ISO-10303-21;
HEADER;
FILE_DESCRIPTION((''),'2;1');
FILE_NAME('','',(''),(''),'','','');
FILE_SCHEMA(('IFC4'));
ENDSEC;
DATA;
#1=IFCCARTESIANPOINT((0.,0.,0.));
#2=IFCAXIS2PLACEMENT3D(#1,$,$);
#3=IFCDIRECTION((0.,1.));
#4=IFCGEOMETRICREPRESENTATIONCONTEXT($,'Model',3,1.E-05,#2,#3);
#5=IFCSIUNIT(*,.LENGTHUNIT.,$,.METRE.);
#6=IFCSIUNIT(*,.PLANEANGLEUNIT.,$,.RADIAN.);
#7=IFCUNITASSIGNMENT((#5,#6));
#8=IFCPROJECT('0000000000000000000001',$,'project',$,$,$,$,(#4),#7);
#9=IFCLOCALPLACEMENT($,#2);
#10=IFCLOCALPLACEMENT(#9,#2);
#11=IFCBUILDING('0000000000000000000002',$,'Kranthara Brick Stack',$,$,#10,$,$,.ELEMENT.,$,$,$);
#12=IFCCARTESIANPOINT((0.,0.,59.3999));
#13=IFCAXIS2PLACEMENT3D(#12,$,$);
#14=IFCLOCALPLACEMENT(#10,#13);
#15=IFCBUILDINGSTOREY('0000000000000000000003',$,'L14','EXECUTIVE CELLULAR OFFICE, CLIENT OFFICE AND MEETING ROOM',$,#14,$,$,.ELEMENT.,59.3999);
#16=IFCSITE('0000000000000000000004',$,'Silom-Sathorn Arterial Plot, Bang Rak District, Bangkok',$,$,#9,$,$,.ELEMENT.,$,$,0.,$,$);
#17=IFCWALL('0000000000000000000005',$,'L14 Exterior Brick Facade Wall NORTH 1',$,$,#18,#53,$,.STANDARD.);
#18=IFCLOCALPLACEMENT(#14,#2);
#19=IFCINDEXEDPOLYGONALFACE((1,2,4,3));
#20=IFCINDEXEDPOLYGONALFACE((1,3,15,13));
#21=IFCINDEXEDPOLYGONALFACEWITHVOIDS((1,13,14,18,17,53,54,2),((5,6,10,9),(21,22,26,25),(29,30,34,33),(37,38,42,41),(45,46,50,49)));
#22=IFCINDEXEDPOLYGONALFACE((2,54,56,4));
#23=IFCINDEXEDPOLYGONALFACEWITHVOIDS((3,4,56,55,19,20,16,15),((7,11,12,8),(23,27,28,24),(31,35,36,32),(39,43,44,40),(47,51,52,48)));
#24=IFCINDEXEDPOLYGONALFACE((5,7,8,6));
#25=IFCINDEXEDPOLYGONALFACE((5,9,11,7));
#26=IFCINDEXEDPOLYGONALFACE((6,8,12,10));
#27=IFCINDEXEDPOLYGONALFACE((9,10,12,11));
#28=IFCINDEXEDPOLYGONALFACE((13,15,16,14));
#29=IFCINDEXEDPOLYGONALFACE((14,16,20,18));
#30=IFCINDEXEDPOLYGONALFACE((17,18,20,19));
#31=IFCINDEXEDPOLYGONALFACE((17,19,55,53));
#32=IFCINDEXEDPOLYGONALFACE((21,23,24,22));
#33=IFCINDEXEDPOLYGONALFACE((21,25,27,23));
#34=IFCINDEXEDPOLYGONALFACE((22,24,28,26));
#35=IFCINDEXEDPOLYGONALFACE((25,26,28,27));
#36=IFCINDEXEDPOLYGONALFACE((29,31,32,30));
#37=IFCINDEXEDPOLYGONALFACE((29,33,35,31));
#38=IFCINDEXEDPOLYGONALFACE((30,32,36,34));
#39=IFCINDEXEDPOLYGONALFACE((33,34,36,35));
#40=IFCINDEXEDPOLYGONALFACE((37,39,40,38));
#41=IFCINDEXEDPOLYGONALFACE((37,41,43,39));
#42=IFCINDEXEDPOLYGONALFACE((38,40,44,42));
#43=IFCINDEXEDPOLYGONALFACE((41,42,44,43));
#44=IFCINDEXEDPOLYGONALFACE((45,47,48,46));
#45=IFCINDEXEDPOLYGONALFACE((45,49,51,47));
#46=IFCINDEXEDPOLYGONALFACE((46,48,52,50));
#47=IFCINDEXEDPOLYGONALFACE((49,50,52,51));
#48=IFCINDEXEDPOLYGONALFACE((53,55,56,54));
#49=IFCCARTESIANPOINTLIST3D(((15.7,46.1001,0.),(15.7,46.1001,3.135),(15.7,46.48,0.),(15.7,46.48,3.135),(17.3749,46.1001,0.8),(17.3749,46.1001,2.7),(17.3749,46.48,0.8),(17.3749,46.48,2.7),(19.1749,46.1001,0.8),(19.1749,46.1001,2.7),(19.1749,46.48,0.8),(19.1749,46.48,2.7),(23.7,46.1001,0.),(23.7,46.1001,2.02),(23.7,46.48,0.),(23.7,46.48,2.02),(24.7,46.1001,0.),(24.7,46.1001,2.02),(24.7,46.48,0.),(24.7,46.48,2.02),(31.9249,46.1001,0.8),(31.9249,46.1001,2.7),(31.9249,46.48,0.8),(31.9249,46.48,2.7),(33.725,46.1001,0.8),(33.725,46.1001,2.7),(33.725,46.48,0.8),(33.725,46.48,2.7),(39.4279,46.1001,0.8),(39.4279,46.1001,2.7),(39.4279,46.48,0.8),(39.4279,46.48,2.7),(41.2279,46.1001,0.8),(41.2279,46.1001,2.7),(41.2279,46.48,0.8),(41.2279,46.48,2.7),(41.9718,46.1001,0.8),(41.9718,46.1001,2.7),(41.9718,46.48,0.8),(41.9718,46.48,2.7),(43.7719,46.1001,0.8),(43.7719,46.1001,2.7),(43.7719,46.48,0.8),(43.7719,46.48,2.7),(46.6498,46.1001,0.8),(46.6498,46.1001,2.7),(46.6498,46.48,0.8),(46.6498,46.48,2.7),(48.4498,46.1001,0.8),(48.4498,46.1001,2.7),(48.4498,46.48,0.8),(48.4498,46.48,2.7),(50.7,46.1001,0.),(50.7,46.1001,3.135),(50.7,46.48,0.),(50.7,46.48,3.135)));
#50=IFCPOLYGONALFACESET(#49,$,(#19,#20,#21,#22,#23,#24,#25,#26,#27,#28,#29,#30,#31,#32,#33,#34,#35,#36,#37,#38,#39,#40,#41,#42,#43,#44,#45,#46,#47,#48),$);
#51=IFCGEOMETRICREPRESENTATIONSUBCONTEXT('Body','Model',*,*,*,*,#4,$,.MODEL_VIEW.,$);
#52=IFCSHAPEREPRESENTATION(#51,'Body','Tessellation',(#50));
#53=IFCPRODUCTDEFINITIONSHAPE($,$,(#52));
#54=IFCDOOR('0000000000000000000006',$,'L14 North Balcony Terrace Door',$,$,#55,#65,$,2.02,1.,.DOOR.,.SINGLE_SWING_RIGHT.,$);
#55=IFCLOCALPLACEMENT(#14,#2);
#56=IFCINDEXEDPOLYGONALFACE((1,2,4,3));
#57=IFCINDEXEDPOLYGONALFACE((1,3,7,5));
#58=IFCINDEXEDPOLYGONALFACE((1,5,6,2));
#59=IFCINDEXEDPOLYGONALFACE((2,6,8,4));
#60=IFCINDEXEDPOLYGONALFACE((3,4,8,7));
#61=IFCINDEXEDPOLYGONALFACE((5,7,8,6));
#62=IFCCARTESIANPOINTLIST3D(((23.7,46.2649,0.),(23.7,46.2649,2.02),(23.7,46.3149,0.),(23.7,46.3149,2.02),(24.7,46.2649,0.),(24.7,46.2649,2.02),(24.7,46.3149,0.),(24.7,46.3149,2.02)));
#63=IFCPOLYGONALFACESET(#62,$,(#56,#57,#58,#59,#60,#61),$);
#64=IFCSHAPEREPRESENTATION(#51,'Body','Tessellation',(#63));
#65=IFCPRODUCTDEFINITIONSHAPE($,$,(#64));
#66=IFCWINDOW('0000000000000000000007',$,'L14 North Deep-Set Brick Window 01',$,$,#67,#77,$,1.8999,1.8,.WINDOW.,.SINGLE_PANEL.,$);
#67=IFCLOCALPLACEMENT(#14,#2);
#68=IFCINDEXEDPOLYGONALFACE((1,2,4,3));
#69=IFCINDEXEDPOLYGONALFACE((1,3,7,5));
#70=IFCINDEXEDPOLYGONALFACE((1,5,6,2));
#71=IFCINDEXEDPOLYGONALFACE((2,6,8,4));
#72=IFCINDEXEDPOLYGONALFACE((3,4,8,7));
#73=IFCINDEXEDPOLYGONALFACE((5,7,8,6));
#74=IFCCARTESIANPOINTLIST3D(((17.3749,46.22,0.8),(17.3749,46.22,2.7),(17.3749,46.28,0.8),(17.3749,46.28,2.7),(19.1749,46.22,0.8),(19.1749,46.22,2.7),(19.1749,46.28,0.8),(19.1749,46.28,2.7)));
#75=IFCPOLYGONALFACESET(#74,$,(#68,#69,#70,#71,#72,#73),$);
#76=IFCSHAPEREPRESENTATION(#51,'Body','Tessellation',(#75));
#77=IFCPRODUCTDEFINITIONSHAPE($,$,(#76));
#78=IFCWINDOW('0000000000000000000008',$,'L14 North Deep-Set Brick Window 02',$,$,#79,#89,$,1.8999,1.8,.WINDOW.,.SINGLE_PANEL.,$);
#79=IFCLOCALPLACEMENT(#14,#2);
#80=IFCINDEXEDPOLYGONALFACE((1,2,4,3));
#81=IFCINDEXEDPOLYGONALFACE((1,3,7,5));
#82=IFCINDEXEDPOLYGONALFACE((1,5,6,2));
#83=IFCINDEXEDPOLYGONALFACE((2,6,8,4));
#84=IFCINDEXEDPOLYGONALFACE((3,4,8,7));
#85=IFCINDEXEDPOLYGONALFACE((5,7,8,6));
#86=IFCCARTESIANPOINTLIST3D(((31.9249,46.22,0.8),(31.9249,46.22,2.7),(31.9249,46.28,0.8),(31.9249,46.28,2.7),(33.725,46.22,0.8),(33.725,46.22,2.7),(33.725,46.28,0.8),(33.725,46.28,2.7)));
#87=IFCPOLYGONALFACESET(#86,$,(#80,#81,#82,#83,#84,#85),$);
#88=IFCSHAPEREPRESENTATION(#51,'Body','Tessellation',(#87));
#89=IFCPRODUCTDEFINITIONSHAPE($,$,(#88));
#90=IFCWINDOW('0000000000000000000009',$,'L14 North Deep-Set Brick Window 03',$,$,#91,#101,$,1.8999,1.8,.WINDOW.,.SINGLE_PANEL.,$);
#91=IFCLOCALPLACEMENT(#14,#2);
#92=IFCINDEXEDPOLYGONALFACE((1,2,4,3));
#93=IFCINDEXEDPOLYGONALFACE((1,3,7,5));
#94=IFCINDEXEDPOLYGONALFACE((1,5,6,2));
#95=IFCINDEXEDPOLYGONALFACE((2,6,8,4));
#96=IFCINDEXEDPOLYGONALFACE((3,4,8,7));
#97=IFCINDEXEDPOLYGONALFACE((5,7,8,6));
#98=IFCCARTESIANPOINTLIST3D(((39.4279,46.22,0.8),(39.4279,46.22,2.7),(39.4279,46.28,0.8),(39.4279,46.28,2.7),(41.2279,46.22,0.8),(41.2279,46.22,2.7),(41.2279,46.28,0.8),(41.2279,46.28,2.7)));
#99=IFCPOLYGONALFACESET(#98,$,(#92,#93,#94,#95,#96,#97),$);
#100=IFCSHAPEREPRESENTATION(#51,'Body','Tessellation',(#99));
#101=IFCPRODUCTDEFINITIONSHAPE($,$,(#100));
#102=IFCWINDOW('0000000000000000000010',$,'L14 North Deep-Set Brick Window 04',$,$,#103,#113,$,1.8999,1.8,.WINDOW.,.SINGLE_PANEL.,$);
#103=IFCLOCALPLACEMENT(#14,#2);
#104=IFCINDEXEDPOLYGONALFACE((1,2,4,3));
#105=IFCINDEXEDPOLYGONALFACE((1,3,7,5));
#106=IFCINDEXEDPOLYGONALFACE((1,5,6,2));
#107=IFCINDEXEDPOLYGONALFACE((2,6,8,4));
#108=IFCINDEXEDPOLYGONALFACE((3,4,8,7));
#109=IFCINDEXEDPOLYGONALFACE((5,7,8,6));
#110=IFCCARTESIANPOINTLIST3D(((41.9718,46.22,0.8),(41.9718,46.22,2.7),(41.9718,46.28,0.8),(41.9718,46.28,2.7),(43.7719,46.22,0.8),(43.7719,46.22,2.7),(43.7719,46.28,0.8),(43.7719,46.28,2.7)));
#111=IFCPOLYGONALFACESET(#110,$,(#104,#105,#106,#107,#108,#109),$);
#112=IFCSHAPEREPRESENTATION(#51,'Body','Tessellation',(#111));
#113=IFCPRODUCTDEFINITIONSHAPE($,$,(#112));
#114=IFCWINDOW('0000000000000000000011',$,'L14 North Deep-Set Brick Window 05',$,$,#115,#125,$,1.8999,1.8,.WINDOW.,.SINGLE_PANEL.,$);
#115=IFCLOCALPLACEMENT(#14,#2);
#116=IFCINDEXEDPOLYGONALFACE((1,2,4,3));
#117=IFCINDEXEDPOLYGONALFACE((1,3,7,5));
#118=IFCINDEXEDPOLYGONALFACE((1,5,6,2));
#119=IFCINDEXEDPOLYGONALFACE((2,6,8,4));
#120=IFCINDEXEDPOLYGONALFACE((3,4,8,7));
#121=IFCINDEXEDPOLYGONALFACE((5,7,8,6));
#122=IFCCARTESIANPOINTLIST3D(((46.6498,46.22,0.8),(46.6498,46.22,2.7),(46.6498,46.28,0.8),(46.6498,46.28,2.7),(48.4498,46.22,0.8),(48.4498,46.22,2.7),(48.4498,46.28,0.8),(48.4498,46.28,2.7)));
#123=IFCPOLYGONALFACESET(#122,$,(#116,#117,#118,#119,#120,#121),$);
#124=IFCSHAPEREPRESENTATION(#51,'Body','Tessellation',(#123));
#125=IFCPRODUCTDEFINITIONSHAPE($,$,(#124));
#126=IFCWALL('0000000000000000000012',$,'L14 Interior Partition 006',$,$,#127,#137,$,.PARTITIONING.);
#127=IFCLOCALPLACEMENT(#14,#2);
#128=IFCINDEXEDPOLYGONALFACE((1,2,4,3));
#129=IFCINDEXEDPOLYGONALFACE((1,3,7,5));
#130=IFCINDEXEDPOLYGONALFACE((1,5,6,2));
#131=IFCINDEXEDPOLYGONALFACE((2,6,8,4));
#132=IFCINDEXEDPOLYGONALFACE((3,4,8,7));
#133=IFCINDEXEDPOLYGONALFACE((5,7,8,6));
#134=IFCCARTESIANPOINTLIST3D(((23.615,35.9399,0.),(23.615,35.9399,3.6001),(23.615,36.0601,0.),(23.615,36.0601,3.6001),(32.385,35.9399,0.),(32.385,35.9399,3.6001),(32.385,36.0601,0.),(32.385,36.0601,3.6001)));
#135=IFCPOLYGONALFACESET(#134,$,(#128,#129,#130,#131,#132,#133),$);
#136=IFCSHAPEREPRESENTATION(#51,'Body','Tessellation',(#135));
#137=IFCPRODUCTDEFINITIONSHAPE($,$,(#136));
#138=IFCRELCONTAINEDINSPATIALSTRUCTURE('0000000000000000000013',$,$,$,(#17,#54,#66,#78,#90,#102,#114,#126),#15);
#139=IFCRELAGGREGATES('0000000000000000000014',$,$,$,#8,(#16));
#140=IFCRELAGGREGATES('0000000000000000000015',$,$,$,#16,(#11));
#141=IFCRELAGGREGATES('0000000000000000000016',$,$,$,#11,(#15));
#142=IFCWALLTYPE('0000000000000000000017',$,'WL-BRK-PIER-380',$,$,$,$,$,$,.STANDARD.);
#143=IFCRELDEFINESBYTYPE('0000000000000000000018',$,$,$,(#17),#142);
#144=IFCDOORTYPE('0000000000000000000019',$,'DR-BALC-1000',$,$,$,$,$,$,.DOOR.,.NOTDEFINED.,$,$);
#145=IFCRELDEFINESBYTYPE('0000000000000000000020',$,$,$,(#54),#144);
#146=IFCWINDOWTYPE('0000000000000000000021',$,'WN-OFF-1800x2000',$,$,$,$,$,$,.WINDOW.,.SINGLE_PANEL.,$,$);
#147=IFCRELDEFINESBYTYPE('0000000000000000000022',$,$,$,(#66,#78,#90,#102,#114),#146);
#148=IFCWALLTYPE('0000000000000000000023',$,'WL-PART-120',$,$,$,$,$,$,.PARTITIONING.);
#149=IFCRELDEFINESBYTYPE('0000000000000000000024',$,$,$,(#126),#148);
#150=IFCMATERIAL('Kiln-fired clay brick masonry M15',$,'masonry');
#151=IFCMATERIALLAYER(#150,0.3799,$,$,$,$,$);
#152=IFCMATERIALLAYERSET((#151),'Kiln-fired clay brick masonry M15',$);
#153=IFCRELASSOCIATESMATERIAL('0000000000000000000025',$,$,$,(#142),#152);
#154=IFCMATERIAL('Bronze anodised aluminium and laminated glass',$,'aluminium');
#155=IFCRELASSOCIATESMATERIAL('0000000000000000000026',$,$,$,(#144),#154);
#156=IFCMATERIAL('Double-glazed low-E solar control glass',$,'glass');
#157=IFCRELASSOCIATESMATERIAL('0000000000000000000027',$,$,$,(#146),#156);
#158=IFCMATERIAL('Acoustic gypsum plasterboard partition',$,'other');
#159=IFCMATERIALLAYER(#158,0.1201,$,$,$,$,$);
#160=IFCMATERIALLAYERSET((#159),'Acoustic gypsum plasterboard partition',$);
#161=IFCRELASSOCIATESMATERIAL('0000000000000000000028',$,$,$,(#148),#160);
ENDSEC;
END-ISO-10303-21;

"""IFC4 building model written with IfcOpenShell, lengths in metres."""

from ifc_helpers import new_model, si_unit, direction, frame, frame_2d, origin, place, context, subcontext, project, spatial, rectangle, extrude, material, layer, layer_set, type_object, element, fill, save


model = new_model("IFC4")

# Units and contexts
model_context = context("Model", 3, precision=1e-05, world=origin(), true_north=direction((0.0, 1.0)))
body_context = subcontext(model_context, "Body", "Model", "MODEL_VIEW")
ifc_project = project(units=[si_unit("LENGTHUNIT", "METRE"), si_unit("PLANEANGLEUNIT", "RADIAN")], contexts=[model_context])

# Site, building, storey
site_placement = place(None, origin())
site = spatial("IfcSite", under=ifc_project, at=site_placement, Name="Silom-Sathorn Arterial Plot, Bang Rak District, Bangkok", CompositionType="ELEMENT", RefElevation=0.0)
building_placement = place(site_placement, origin())
building = spatial("IfcBuilding", under=site, at=building_placement, Name="Kranthara Brick Stack", CompositionType="ELEMENT")
storey_placement = place(building_placement, frame((0.0, 0.0, 59.3999)))
storey = spatial("IfcBuildingStorey", under=building, at=storey_placement, Name="L14", Description="EXECUTIVE CELLULAR OFFICE, CLIENT OFFICE AND MEETING ROOM", CompositionType="ELEMENT", Elevation=59.3999)

# Shared definitions
ifc_material_1 = material(Name="Kiln-fired clay brick masonry M15", Category="masonry")
ifc_layer_1 = layer(ifc_material_1, 0.3799)
ifc_layer_set_1 = layer_set([ifc_layer_1], Name="Kiln-fired clay brick masonry M15")
wall_type_1 = type_object("IfcWallType", Name="WL-BRK-PIER-380", PredefinedType="STANDARD", material=ifc_layer_set_1)

# Wall, openings, door, windows
wall_1_placement = place(storey_placement, frame((15.7, 46.29, 0.0), z_axis=(0.0, 0.0, 1.0), x_axis=(1.0, 0.0, 0.0)))
wall_1 = element("IfcWall", 1, at=wall_1_placement, inside=storey, type_object=wall_type_1, Name="L14 Exterior Brick Facade Wall NORTH 1", PredefinedType="STANDARD", context=body_context, shape_type="SweptSolid", body=[
    extrude(rectangle(XDim=35.0, YDim=0.3799, at=frame_2d((17.5, 0.0))), origin(), (0.0, 0.0, 1.0), 3.135),
])
opening_1_placement = place(wall_1_placement, frame((8.0, 0.0, 0.0)))
opening_1 = element("IfcOpeningElement", 2, at=opening_1_placement, cuts=wall_1, PredefinedType="OPENING", context=body_context, shape_type="SweptSolid", body=[
    extrude(rectangle(XDim=1.0, YDim=2.02, at=frame_2d((0.5, 1.01))), frame((0.0, 0.2, 0.0), z_axis=(0.0, -1.0, 0.0), x_axis=(1.0, 0.0, 0.0)), (0.0, 0.0, 1.0), 0.3999),
])
opening_2_placement = place(wall_1_placement, frame((1.675, 0.0, 0.8)))
opening_2 = element("IfcOpeningElement", 3, at=opening_2_placement, cuts=wall_1, PredefinedType="OPENING", context=body_context, shape_type="SweptSolid", body=[
    extrude(rectangle(XDim=1.8, YDim=1.8999, at=frame_2d((0.8999, 0.95))), frame((0.0, 0.2, 0.0), z_axis=(0.0, -1.0, 0.0), x_axis=(1.0, 0.0, 0.0)), (0.0, 0.0, 1.0), 0.3999),
])
opening_3_placement = place(wall_1_placement, frame((16.2251, 0.0, 0.8)))
opening_3 = element("IfcOpeningElement", 4, at=opening_3_placement, cuts=wall_1, PredefinedType="OPENING", context=body_context, shape_type="SweptSolid", body=[
    extrude(rectangle(XDim=1.8, YDim=1.8999, at=frame_2d((0.8999, 0.95))), frame((0.0, 0.2, 0.0), z_axis=(0.0, -1.0, 0.0), x_axis=(1.0, 0.0, 0.0)), (0.0, 0.0, 1.0), 0.3999),
])
opening_4_placement = place(wall_1_placement, frame((23.728, 0.0, 0.8)))
opening_4 = element("IfcOpeningElement", 5, at=opening_4_placement, cuts=wall_1, PredefinedType="OPENING", context=body_context, shape_type="SweptSolid", body=[
    extrude(rectangle(XDim=1.8, YDim=1.8999, at=frame_2d((0.8999, 0.95))), frame((0.0, 0.2, 0.0), z_axis=(0.0, -1.0, 0.0), x_axis=(1.0, 0.0, 0.0)), (0.0, 0.0, 1.0), 0.3999),
])
opening_5_placement = place(wall_1_placement, frame((26.272, 0.0, 0.8)))
opening_5 = element("IfcOpeningElement", 6, at=opening_5_placement, cuts=wall_1, PredefinedType="OPENING", context=body_context, shape_type="SweptSolid", body=[
    extrude(rectangle(XDim=1.8, YDim=1.8999, at=frame_2d((0.8999, 0.95))), frame((0.0, 0.2, 0.0), z_axis=(0.0, -1.0, 0.0), x_axis=(1.0, 0.0, 0.0)), (0.0, 0.0, 1.0), 0.3999),
])
opening_6_placement = place(wall_1_placement, frame((30.95, 0.0, 0.8)))
opening_6 = element("IfcOpeningElement", 7, at=opening_6_placement, cuts=wall_1, PredefinedType="OPENING", context=body_context, shape_type="SweptSolid", body=[
    extrude(rectangle(XDim=1.8, YDim=1.8999, at=frame_2d((0.8999, 0.95))), frame((0.0, 0.2, 0.0), z_axis=(0.0, -1.0, 0.0), x_axis=(1.0, 0.0, 0.0)), (0.0, 0.0, 1.0), 0.3999),
])
ifc_material_2 = material(Name="Bronze anodised aluminium and laminated glass", Category="aluminium")
door_type_1 = type_object("IfcDoorType", Name="DR-BALC-1000", OperationType="NOTDEFINED", PredefinedType="DOOR", material=ifc_material_2)
door_1_placement = place(opening_1_placement, origin())
door_1 = element("IfcDoor", 8, at=door_1_placement, inside=storey, type_object=door_type_1, Name="L14 North Balcony Terrace Door", OperationType="SINGLE_SWING_RIGHT", OverallHeight=2.02, OverallWidth=1.0, PredefinedType="DOOR", context=body_context, shape_type="SweptSolid", body=[
    extrude(rectangle(XDim=1.0, YDim=2.02, at=frame_2d((0.5, 1.01))), frame((0.0, 0.0249, 0.0), z_axis=(0.0, -1.0, 0.0), x_axis=(1.0, 0.0, 0.0)), (0.0, 0.0, 1.0), 0.05),
])
fill(opening_1, door_1)
ifc_material_3 = material(Name="Double-glazed low-E solar control glass", Category="glass")
window_type_1 = type_object("IfcWindowType", Name="WN-OFF-1800x2000", PartitioningType="SINGLE_PANEL", PredefinedType="WINDOW", material=ifc_material_3)
window_1_placement = place(opening_2_placement, origin())
window_1 = element("IfcWindow", 9, at=window_1_placement, inside=storey, type_object=window_type_1, Name="L14 North Deep-Set Brick Window 01", OverallHeight=1.8999, OverallWidth=1.8, PartitioningType="SINGLE_PANEL", PredefinedType="WINDOW", context=body_context, shape_type="SweptSolid", body=[
    extrude(rectangle(XDim=1.8, YDim=1.8999, at=frame_2d((0.8999, 0.95))), frame((0.0, -0.01, 0.0), z_axis=(0.0, -1.0, 0.0), x_axis=(1.0, 0.0, 0.0)), (0.0, 0.0, 1.0), 0.0601),
])
fill(opening_2, window_1)
window_2_placement = place(opening_3_placement, origin())
window_2 = element("IfcWindow", 10, at=window_2_placement, inside=storey, type_object=window_type_1, Name="L14 North Deep-Set Brick Window 02", OverallHeight=1.8999, OverallWidth=1.8, PartitioningType="SINGLE_PANEL", PredefinedType="WINDOW", context=body_context, shape_type="SweptSolid", body=[
    extrude(rectangle(XDim=1.8, YDim=1.8999, at=frame_2d((0.8999, 0.95))), frame((0.0, -0.01, 0.0), z_axis=(0.0, -1.0, 0.0), x_axis=(1.0, 0.0, 0.0)), (0.0, 0.0, 1.0), 0.0601),
])
fill(opening_3, window_2)
window_3_placement = place(opening_4_placement, origin())
window_3 = element("IfcWindow", 11, at=window_3_placement, inside=storey, type_object=window_type_1, Name="L14 North Deep-Set Brick Window 03", OverallHeight=1.8999, OverallWidth=1.8, PartitioningType="SINGLE_PANEL", PredefinedType="WINDOW", context=body_context, shape_type="SweptSolid", body=[
    extrude(rectangle(XDim=1.8, YDim=1.8999, at=frame_2d((0.8999, 0.95))), frame((0.0, -0.01, 0.0), z_axis=(0.0, -1.0, 0.0), x_axis=(1.0, 0.0, 0.0)), (0.0, 0.0, 1.0), 0.0601),
])
fill(opening_4, window_3)
window_4_placement = place(opening_5_placement, origin())
window_4 = element("IfcWindow", 12, at=window_4_placement, inside=storey, type_object=window_type_1, Name="L14 North Deep-Set Brick Window 04", OverallHeight=1.8999, OverallWidth=1.8, PartitioningType="SINGLE_PANEL", PredefinedType="WINDOW", context=body_context, shape_type="SweptSolid", body=[
    extrude(rectangle(XDim=1.8, YDim=1.8999, at=frame_2d((0.8999, 0.95))), frame((0.0, -0.01, 0.0), z_axis=(0.0, -1.0, 0.0), x_axis=(1.0, 0.0, 0.0)), (0.0, 0.0, 1.0), 0.0601),
])
fill(opening_5, window_4)
window_5_placement = place(opening_6_placement, origin())
window_5 = element("IfcWindow", 13, at=window_5_placement, inside=storey, type_object=window_type_1, Name="L14 North Deep-Set Brick Window 05", OverallHeight=1.8999, OverallWidth=1.8, PartitioningType="SINGLE_PANEL", PredefinedType="WINDOW", context=body_context, shape_type="SweptSolid", body=[
    extrude(rectangle(XDim=1.8, YDim=1.8999, at=frame_2d((0.8999, 0.95))), frame((0.0, -0.01, 0.0), z_axis=(0.0, -1.0, 0.0), x_axis=(1.0, 0.0, 0.0)), (0.0, 0.0, 1.0), 0.0601),
])
fill(opening_6, window_5)

# Wall
ifc_material_4 = material(Name="Acoustic gypsum plasterboard partition", Category="other")
ifc_layer_2 = layer(ifc_material_4, 0.1201)
ifc_layer_set_2 = layer_set([ifc_layer_2], Name="Acoustic gypsum plasterboard partition")
wall_type_2 = type_object("IfcWallType", Name="WL-PART-120", PredefinedType="PARTITIONING", material=ifc_layer_set_2)
wall_2_placement = place(storey_placement, frame((23.615, 36.0, 0.0), z_axis=(0.0, 0.0, 1.0), x_axis=(1.0, 0.0, 0.0)))
element("IfcWall", 14, at=wall_2_placement, inside=storey, type_object=wall_type_2, Name="L14 Interior Partition 006", PredefinedType="PARTITIONING", context=body_context, shape_type="SweptSolid", body=[
    extrude(rectangle(XDim=8.77, YDim=0.1201, at=frame_2d((4.385, 0.0))), origin(), (0.0, 0.0, 1.0), 3.6001),
])

save(model, "model.ifc")
